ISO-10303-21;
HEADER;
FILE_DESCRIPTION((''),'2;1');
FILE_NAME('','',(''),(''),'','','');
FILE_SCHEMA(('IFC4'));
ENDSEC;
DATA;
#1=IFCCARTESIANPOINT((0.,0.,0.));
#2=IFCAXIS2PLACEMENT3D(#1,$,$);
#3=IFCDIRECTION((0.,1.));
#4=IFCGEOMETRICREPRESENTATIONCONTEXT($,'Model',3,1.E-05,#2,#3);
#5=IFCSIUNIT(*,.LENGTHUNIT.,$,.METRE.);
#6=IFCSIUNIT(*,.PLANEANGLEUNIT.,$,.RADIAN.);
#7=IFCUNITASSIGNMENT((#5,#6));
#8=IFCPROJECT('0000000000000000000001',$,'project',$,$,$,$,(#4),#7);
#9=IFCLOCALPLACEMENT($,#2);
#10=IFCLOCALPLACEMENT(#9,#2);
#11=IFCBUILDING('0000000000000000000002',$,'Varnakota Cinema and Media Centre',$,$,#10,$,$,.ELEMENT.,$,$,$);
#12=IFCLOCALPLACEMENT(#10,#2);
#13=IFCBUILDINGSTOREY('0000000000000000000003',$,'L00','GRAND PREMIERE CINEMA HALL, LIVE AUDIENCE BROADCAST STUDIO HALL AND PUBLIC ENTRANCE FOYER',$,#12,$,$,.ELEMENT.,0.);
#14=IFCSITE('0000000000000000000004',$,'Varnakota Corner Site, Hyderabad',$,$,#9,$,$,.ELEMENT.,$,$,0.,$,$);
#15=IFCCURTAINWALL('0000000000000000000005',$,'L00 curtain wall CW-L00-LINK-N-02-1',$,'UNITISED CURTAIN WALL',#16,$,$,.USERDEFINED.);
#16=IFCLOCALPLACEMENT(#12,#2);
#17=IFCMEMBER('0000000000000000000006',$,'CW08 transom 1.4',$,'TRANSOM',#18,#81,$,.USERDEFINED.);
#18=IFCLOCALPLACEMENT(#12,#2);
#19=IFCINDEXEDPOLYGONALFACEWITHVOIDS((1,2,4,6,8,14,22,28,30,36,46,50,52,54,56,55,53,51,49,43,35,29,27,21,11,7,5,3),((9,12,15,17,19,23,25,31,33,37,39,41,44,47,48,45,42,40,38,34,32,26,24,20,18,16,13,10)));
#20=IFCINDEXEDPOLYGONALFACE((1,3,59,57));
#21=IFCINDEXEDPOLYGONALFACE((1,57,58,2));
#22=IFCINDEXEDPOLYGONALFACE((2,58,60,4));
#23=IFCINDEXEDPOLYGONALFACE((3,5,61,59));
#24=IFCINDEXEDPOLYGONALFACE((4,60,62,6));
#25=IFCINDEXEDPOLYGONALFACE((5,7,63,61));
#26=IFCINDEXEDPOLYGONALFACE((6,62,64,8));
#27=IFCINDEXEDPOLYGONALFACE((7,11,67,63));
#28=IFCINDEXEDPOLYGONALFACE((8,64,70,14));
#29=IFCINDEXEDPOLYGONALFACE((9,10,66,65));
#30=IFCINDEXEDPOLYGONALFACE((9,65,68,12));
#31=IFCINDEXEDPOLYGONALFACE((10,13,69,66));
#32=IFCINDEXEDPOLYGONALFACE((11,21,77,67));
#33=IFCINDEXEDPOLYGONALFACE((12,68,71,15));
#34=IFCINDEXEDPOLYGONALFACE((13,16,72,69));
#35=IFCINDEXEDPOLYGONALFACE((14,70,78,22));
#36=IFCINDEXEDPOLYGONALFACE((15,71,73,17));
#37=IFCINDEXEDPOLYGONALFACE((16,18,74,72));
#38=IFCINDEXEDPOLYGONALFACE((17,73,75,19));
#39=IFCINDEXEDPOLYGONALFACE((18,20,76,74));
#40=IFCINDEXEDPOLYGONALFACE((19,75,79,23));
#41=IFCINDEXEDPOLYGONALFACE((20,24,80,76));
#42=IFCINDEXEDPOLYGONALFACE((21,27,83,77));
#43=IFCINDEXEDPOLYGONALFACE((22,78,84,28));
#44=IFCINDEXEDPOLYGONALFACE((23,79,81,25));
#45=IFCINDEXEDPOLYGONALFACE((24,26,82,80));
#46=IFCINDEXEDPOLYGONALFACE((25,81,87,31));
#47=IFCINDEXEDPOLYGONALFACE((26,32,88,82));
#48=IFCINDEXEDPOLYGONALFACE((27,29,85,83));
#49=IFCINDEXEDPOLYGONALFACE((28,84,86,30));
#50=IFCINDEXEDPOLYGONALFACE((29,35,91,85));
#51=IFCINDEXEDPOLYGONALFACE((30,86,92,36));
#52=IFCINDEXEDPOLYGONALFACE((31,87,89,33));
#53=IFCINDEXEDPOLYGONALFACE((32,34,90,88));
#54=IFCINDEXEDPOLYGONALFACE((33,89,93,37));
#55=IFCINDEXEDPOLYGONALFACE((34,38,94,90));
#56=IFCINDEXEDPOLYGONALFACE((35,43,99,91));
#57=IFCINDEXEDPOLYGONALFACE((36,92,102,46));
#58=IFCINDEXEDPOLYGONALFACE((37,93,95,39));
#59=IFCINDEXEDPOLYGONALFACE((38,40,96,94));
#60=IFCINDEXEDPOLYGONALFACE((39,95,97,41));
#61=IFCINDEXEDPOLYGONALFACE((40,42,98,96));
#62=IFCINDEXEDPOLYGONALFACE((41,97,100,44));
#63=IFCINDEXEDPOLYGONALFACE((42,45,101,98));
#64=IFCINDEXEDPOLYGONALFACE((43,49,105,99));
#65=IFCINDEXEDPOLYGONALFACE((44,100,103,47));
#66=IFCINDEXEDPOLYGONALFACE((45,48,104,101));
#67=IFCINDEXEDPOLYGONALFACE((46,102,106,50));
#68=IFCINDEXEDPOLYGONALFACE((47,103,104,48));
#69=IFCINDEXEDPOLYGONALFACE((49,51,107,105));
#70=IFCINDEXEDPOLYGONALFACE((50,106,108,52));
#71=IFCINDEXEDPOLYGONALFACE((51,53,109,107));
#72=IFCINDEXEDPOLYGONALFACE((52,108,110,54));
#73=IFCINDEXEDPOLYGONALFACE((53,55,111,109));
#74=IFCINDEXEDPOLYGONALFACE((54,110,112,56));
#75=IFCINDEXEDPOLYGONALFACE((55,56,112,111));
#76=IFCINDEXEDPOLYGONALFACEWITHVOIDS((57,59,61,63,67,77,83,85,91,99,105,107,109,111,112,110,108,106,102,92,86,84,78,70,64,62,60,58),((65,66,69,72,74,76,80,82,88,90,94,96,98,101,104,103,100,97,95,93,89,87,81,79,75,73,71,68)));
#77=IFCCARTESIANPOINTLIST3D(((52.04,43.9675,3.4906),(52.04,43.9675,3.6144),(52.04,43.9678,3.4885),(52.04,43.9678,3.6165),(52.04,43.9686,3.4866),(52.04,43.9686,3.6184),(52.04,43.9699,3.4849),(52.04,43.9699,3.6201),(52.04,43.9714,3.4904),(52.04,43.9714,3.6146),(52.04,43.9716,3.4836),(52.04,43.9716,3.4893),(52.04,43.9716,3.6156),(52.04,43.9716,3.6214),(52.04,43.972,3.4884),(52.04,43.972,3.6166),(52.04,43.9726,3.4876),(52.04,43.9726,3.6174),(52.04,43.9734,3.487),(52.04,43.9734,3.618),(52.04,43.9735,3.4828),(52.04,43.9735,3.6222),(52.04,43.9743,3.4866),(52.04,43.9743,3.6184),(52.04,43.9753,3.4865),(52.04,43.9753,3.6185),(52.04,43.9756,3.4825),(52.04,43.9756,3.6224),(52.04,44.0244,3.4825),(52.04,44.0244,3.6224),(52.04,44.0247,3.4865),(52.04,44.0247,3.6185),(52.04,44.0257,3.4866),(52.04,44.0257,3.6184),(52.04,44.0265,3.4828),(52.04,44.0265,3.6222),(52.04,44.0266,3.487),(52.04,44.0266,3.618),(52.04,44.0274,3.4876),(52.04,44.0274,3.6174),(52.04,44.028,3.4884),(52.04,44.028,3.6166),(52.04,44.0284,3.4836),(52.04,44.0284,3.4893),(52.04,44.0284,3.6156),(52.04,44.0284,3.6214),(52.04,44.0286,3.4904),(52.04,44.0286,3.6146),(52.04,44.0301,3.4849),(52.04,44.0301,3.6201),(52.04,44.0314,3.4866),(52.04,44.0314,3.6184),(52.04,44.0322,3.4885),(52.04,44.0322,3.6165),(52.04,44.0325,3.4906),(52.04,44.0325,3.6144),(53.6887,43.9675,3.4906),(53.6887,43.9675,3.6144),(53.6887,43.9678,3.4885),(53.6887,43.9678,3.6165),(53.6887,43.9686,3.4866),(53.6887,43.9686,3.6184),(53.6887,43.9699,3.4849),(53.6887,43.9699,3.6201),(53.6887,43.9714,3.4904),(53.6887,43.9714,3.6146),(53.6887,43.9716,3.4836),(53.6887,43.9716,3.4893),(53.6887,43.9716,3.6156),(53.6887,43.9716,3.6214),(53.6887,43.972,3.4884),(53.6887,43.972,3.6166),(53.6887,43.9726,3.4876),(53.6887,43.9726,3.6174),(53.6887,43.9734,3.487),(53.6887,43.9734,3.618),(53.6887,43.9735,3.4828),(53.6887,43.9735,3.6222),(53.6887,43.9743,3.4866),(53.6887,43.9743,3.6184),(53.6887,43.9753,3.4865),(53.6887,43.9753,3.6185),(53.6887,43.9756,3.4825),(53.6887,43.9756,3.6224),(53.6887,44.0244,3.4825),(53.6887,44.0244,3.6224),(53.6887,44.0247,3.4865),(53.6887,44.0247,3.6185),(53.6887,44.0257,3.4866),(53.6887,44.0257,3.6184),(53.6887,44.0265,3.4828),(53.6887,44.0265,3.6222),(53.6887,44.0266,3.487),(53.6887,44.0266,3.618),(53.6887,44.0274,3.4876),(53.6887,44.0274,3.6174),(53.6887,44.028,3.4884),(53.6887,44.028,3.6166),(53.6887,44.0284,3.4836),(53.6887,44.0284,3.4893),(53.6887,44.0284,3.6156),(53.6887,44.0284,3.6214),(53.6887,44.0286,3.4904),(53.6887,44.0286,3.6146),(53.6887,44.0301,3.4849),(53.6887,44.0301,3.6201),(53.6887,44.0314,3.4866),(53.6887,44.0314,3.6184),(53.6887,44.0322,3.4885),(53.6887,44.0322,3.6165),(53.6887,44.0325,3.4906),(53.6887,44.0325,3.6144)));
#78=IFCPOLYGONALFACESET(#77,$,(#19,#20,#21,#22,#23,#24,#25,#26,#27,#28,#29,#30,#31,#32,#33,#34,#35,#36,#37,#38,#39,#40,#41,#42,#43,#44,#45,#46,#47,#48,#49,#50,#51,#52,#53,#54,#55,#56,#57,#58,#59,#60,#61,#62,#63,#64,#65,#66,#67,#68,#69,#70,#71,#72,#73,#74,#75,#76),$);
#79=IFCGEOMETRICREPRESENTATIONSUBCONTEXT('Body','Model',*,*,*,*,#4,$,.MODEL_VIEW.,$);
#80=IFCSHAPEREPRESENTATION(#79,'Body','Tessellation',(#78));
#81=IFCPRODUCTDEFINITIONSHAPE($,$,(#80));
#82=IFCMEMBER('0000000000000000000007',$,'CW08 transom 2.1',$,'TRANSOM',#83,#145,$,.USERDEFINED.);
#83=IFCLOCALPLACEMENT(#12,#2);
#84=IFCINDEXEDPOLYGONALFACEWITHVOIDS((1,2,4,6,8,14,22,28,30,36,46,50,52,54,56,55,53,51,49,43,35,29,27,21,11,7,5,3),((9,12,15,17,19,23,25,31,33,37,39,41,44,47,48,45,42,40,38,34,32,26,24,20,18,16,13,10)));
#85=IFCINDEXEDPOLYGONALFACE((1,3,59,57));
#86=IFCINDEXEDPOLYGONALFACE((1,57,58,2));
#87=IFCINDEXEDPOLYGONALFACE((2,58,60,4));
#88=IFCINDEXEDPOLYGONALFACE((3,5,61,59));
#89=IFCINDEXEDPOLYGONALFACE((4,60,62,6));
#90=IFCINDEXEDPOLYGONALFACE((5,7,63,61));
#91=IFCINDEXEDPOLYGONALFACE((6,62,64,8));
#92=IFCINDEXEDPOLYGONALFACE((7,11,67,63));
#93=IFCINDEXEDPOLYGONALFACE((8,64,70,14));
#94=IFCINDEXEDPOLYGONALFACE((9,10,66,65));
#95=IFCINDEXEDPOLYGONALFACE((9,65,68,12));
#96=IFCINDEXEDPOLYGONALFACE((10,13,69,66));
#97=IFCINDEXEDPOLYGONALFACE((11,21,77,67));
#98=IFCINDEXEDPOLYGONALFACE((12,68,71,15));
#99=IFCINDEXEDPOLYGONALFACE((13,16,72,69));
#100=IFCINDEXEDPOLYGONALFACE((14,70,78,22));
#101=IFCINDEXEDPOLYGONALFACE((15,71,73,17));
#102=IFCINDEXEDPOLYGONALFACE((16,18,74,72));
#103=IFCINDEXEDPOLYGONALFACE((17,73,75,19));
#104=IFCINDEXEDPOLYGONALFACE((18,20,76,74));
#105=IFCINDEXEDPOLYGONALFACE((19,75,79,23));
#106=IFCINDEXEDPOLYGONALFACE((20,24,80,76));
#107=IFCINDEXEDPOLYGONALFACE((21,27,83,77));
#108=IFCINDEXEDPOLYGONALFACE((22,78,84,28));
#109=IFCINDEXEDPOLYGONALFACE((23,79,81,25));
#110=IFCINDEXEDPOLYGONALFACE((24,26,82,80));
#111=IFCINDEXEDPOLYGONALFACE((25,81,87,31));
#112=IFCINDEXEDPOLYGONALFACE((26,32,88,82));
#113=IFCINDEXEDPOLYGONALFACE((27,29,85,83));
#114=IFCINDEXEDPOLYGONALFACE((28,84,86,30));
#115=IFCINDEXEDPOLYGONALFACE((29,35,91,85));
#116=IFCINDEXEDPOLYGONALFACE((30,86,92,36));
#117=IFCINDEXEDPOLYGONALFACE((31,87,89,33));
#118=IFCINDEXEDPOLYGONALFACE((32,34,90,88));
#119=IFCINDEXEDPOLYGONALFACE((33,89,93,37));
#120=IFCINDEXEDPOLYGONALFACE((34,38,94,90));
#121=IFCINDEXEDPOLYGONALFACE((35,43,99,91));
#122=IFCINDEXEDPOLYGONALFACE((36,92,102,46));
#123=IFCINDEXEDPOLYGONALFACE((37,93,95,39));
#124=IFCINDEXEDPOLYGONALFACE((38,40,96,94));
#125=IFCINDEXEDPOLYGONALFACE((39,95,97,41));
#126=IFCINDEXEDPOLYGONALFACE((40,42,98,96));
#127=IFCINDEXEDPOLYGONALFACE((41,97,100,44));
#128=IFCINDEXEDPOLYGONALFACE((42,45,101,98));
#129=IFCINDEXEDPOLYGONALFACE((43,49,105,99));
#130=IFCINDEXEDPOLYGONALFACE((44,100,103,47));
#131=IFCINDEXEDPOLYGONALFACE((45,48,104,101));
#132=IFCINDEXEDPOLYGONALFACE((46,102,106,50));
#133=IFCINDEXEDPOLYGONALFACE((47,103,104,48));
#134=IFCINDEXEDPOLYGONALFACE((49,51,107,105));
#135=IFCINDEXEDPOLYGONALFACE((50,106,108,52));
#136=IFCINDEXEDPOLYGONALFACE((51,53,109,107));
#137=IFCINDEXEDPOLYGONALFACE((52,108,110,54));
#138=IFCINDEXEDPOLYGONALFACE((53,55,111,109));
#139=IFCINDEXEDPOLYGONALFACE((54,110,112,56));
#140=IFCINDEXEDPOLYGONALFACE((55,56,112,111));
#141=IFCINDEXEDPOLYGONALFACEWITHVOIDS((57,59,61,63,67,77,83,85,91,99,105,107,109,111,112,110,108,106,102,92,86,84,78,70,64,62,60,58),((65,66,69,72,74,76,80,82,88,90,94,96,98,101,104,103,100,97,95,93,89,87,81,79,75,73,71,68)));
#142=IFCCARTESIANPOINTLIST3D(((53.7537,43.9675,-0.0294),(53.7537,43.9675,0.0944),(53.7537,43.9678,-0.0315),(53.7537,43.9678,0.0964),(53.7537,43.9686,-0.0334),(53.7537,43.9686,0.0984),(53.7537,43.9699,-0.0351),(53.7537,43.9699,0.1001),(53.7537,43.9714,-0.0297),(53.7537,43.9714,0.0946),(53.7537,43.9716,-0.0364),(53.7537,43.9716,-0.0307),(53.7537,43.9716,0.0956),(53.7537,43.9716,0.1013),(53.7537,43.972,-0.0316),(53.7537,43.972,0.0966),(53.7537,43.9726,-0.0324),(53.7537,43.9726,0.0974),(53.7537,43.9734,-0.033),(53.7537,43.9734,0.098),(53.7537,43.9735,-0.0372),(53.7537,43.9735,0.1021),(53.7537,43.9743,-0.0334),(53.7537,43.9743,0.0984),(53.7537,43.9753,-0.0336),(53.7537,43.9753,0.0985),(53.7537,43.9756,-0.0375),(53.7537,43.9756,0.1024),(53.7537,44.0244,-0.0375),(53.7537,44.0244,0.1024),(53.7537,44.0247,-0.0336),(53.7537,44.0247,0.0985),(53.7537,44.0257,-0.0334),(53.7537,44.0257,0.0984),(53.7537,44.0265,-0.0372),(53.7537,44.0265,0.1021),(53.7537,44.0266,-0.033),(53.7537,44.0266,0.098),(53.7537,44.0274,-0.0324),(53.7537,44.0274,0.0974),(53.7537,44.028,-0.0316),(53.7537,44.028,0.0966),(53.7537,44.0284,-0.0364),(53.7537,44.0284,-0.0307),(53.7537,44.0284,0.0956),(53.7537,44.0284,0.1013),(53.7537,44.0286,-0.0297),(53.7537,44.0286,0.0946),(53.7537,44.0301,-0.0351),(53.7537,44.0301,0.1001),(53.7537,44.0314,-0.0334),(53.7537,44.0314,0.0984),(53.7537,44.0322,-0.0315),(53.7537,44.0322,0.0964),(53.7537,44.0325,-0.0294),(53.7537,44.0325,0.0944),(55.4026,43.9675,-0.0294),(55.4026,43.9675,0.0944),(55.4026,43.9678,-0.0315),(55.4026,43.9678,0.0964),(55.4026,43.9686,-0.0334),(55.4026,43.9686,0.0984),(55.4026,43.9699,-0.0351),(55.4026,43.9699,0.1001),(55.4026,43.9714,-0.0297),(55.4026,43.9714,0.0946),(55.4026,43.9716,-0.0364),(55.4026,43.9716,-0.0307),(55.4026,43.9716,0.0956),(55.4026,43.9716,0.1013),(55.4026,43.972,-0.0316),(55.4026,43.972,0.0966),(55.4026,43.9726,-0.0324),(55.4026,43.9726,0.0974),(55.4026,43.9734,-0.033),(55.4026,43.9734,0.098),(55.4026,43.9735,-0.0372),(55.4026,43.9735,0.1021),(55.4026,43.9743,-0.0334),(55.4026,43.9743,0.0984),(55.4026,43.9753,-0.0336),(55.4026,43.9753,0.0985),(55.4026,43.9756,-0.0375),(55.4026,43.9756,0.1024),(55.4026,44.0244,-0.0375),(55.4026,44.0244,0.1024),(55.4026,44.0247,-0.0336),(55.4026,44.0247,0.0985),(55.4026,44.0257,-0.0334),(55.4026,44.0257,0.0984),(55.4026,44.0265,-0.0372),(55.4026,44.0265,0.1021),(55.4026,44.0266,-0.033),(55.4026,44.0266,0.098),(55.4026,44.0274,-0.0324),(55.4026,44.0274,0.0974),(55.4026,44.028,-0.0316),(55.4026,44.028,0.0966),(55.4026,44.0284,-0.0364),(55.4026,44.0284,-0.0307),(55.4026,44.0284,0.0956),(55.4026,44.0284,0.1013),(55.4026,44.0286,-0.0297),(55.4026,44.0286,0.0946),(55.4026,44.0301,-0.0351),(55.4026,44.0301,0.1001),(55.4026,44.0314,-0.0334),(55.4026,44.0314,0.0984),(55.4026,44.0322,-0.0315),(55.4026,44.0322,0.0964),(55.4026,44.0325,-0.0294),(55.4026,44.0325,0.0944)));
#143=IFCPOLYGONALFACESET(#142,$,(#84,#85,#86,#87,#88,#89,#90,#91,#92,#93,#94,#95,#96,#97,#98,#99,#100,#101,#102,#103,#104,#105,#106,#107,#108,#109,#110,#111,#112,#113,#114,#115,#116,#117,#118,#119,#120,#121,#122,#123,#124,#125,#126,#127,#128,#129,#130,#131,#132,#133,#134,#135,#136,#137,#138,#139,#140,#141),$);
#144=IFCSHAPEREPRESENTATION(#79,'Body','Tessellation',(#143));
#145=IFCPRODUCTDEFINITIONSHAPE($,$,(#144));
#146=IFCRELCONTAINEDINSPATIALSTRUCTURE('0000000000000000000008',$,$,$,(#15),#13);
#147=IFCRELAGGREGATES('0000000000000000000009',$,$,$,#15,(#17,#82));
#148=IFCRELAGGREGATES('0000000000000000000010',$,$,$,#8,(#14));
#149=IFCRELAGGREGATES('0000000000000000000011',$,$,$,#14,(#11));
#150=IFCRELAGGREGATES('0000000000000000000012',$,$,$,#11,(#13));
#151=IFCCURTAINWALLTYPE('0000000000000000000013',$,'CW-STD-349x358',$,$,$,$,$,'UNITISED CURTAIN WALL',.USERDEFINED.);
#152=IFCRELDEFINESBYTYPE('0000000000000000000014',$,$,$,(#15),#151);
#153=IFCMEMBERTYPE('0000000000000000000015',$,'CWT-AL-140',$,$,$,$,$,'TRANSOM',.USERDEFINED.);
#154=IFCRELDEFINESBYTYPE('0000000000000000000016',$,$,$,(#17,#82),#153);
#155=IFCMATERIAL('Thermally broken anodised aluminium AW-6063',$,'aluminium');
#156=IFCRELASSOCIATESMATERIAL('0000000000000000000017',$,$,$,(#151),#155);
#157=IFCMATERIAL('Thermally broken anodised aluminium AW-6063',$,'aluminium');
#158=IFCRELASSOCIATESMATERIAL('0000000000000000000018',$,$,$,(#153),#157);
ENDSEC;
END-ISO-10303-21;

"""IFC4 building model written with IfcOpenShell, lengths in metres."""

from ifc_helpers import new_model, si_unit, direction, frame, origin, origin_2d, place, context, subcontext, project, spatial, hollow_rectangle, extrude, material, material_profile, profile_set, type_object, element, aggregate, save


model = new_model("IFC4")

# Units and contexts
model_context = context("Model", 3, precision=1e-05, world=origin(), true_north=direction((0.0, 1.0)))
body_context = subcontext(model_context, "Body", "Model", "MODEL_VIEW")
ifc_project = project(units=[si_unit("LENGTHUNIT", "METRE"), si_unit("PLANEANGLEUNIT", "RADIAN")], contexts=[model_context])

# Site, building, storey
site_placement = place(None, origin())
site = spatial("IfcSite", under=ifc_project, at=site_placement, Name="Varnakota Corner Site, Hyderabad", CompositionType="ELEMENT", RefElevation=0.0)
building_placement = place(site_placement, origin())
building = spatial("IfcBuilding", under=site, at=building_placement, Name="Varnakota Cinema and Media Centre", CompositionType="ELEMENT")
storey_placement = place(building_placement, origin())
storey = spatial("IfcBuildingStorey", under=building, at=storey_placement, Name="L00", Description="GRAND PREMIERE CINEMA HALL, LIVE AUDIENCE BROADCAST STUDIO HALL AND PUBLIC ENTRANCE FOYER", CompositionType="ELEMENT", Elevation=0.0)

# Curtain wall
ifc_material_1 = material(Name="Thermally broken anodised aluminium AW-6063", Category="aluminium")
curtain_wall_type_1 = type_object("IfcCurtainWallType", Name="CW-STD-349x358", ElementType="UNITISED CURTAIN WALL", PredefinedType="USERDEFINED", material=ifc_material_1)
curtain_wall_1_placement = place(storey_placement, origin())
curtain_wall_1 = element("IfcCurtainWall", 1, at=curtain_wall_1_placement, inside=storey, type_object=curtain_wall_type_1, Name="L00 curtain wall CW-L00-LINK-N-02-1", ObjectType="UNITISED CURTAIN WALL", PredefinedType="USERDEFINED")

# Members
ifc_material_2 = material(Name="Thermally broken anodised aluminium AW-6063", Category="aluminium")
ifc_material_profile_1 = material_profile(ifc_material_2, hollow_rectangle(XDim=0.0649, YDim=0.1399, WallThickness=0.0039, InnerFilletRadius=0.0039, OuterFilletRadius=0.0081, at=origin_2d()), Name="AL-TRANSOM 140x65x4")
ifc_profile_set_1 = profile_set([ifc_material_profile_1], Name="Thermally broken anodised aluminium AW-6063")
member_type_1 = type_object("IfcMemberType", Name="CWT-AL-140", ElementType="TRANSOM", PredefinedType="USERDEFINED", material=ifc_profile_set_1)
member_1_placement = place(storey_placement, frame((52.04, 44.0, 3.5525), z_axis=(1.0, 0.0, 0.0), x_axis=(0.0, 1.0, 0.0)))
member_1 = element("IfcMember", 2, at=member_1_placement, type_object=member_type_1, Name="CW08 transom 1.4", ObjectType="TRANSOM", PredefinedType="USERDEFINED", context=body_context, shape_type="SweptSolid", body=[
    extrude(hollow_rectangle(XDim=0.0649, YDim=0.1399, WallThickness=0.0039, InnerFilletRadius=0.0039, OuterFilletRadius=0.0081, at=origin_2d()), origin(), (0.0, 0.0, 1.0), 1.6487),
])
member_2_placement = place(storey_placement, frame((53.7537, 44.0, 0.0325), z_axis=(1.0, 0.0, 0.0), x_axis=(0.0, 1.0, 0.0)))
member_2 = element("IfcMember", 3, at=member_2_placement, type_object=member_type_1, Name="CW08 transom 2.1", ObjectType="TRANSOM", PredefinedType="USERDEFINED", context=body_context, shape_type="SweptSolid", body=[
    extrude(hollow_rectangle(XDim=0.0649, YDim=0.1399, WallThickness=0.0039, InnerFilletRadius=0.0039, OuterFilletRadius=0.0081, at=origin_2d()), origin(), (0.0, 0.0, 1.0), 1.6489),
])

aggregate(curtain_wall_1, [member_1, member_2])

save(model, "model.ifc")
